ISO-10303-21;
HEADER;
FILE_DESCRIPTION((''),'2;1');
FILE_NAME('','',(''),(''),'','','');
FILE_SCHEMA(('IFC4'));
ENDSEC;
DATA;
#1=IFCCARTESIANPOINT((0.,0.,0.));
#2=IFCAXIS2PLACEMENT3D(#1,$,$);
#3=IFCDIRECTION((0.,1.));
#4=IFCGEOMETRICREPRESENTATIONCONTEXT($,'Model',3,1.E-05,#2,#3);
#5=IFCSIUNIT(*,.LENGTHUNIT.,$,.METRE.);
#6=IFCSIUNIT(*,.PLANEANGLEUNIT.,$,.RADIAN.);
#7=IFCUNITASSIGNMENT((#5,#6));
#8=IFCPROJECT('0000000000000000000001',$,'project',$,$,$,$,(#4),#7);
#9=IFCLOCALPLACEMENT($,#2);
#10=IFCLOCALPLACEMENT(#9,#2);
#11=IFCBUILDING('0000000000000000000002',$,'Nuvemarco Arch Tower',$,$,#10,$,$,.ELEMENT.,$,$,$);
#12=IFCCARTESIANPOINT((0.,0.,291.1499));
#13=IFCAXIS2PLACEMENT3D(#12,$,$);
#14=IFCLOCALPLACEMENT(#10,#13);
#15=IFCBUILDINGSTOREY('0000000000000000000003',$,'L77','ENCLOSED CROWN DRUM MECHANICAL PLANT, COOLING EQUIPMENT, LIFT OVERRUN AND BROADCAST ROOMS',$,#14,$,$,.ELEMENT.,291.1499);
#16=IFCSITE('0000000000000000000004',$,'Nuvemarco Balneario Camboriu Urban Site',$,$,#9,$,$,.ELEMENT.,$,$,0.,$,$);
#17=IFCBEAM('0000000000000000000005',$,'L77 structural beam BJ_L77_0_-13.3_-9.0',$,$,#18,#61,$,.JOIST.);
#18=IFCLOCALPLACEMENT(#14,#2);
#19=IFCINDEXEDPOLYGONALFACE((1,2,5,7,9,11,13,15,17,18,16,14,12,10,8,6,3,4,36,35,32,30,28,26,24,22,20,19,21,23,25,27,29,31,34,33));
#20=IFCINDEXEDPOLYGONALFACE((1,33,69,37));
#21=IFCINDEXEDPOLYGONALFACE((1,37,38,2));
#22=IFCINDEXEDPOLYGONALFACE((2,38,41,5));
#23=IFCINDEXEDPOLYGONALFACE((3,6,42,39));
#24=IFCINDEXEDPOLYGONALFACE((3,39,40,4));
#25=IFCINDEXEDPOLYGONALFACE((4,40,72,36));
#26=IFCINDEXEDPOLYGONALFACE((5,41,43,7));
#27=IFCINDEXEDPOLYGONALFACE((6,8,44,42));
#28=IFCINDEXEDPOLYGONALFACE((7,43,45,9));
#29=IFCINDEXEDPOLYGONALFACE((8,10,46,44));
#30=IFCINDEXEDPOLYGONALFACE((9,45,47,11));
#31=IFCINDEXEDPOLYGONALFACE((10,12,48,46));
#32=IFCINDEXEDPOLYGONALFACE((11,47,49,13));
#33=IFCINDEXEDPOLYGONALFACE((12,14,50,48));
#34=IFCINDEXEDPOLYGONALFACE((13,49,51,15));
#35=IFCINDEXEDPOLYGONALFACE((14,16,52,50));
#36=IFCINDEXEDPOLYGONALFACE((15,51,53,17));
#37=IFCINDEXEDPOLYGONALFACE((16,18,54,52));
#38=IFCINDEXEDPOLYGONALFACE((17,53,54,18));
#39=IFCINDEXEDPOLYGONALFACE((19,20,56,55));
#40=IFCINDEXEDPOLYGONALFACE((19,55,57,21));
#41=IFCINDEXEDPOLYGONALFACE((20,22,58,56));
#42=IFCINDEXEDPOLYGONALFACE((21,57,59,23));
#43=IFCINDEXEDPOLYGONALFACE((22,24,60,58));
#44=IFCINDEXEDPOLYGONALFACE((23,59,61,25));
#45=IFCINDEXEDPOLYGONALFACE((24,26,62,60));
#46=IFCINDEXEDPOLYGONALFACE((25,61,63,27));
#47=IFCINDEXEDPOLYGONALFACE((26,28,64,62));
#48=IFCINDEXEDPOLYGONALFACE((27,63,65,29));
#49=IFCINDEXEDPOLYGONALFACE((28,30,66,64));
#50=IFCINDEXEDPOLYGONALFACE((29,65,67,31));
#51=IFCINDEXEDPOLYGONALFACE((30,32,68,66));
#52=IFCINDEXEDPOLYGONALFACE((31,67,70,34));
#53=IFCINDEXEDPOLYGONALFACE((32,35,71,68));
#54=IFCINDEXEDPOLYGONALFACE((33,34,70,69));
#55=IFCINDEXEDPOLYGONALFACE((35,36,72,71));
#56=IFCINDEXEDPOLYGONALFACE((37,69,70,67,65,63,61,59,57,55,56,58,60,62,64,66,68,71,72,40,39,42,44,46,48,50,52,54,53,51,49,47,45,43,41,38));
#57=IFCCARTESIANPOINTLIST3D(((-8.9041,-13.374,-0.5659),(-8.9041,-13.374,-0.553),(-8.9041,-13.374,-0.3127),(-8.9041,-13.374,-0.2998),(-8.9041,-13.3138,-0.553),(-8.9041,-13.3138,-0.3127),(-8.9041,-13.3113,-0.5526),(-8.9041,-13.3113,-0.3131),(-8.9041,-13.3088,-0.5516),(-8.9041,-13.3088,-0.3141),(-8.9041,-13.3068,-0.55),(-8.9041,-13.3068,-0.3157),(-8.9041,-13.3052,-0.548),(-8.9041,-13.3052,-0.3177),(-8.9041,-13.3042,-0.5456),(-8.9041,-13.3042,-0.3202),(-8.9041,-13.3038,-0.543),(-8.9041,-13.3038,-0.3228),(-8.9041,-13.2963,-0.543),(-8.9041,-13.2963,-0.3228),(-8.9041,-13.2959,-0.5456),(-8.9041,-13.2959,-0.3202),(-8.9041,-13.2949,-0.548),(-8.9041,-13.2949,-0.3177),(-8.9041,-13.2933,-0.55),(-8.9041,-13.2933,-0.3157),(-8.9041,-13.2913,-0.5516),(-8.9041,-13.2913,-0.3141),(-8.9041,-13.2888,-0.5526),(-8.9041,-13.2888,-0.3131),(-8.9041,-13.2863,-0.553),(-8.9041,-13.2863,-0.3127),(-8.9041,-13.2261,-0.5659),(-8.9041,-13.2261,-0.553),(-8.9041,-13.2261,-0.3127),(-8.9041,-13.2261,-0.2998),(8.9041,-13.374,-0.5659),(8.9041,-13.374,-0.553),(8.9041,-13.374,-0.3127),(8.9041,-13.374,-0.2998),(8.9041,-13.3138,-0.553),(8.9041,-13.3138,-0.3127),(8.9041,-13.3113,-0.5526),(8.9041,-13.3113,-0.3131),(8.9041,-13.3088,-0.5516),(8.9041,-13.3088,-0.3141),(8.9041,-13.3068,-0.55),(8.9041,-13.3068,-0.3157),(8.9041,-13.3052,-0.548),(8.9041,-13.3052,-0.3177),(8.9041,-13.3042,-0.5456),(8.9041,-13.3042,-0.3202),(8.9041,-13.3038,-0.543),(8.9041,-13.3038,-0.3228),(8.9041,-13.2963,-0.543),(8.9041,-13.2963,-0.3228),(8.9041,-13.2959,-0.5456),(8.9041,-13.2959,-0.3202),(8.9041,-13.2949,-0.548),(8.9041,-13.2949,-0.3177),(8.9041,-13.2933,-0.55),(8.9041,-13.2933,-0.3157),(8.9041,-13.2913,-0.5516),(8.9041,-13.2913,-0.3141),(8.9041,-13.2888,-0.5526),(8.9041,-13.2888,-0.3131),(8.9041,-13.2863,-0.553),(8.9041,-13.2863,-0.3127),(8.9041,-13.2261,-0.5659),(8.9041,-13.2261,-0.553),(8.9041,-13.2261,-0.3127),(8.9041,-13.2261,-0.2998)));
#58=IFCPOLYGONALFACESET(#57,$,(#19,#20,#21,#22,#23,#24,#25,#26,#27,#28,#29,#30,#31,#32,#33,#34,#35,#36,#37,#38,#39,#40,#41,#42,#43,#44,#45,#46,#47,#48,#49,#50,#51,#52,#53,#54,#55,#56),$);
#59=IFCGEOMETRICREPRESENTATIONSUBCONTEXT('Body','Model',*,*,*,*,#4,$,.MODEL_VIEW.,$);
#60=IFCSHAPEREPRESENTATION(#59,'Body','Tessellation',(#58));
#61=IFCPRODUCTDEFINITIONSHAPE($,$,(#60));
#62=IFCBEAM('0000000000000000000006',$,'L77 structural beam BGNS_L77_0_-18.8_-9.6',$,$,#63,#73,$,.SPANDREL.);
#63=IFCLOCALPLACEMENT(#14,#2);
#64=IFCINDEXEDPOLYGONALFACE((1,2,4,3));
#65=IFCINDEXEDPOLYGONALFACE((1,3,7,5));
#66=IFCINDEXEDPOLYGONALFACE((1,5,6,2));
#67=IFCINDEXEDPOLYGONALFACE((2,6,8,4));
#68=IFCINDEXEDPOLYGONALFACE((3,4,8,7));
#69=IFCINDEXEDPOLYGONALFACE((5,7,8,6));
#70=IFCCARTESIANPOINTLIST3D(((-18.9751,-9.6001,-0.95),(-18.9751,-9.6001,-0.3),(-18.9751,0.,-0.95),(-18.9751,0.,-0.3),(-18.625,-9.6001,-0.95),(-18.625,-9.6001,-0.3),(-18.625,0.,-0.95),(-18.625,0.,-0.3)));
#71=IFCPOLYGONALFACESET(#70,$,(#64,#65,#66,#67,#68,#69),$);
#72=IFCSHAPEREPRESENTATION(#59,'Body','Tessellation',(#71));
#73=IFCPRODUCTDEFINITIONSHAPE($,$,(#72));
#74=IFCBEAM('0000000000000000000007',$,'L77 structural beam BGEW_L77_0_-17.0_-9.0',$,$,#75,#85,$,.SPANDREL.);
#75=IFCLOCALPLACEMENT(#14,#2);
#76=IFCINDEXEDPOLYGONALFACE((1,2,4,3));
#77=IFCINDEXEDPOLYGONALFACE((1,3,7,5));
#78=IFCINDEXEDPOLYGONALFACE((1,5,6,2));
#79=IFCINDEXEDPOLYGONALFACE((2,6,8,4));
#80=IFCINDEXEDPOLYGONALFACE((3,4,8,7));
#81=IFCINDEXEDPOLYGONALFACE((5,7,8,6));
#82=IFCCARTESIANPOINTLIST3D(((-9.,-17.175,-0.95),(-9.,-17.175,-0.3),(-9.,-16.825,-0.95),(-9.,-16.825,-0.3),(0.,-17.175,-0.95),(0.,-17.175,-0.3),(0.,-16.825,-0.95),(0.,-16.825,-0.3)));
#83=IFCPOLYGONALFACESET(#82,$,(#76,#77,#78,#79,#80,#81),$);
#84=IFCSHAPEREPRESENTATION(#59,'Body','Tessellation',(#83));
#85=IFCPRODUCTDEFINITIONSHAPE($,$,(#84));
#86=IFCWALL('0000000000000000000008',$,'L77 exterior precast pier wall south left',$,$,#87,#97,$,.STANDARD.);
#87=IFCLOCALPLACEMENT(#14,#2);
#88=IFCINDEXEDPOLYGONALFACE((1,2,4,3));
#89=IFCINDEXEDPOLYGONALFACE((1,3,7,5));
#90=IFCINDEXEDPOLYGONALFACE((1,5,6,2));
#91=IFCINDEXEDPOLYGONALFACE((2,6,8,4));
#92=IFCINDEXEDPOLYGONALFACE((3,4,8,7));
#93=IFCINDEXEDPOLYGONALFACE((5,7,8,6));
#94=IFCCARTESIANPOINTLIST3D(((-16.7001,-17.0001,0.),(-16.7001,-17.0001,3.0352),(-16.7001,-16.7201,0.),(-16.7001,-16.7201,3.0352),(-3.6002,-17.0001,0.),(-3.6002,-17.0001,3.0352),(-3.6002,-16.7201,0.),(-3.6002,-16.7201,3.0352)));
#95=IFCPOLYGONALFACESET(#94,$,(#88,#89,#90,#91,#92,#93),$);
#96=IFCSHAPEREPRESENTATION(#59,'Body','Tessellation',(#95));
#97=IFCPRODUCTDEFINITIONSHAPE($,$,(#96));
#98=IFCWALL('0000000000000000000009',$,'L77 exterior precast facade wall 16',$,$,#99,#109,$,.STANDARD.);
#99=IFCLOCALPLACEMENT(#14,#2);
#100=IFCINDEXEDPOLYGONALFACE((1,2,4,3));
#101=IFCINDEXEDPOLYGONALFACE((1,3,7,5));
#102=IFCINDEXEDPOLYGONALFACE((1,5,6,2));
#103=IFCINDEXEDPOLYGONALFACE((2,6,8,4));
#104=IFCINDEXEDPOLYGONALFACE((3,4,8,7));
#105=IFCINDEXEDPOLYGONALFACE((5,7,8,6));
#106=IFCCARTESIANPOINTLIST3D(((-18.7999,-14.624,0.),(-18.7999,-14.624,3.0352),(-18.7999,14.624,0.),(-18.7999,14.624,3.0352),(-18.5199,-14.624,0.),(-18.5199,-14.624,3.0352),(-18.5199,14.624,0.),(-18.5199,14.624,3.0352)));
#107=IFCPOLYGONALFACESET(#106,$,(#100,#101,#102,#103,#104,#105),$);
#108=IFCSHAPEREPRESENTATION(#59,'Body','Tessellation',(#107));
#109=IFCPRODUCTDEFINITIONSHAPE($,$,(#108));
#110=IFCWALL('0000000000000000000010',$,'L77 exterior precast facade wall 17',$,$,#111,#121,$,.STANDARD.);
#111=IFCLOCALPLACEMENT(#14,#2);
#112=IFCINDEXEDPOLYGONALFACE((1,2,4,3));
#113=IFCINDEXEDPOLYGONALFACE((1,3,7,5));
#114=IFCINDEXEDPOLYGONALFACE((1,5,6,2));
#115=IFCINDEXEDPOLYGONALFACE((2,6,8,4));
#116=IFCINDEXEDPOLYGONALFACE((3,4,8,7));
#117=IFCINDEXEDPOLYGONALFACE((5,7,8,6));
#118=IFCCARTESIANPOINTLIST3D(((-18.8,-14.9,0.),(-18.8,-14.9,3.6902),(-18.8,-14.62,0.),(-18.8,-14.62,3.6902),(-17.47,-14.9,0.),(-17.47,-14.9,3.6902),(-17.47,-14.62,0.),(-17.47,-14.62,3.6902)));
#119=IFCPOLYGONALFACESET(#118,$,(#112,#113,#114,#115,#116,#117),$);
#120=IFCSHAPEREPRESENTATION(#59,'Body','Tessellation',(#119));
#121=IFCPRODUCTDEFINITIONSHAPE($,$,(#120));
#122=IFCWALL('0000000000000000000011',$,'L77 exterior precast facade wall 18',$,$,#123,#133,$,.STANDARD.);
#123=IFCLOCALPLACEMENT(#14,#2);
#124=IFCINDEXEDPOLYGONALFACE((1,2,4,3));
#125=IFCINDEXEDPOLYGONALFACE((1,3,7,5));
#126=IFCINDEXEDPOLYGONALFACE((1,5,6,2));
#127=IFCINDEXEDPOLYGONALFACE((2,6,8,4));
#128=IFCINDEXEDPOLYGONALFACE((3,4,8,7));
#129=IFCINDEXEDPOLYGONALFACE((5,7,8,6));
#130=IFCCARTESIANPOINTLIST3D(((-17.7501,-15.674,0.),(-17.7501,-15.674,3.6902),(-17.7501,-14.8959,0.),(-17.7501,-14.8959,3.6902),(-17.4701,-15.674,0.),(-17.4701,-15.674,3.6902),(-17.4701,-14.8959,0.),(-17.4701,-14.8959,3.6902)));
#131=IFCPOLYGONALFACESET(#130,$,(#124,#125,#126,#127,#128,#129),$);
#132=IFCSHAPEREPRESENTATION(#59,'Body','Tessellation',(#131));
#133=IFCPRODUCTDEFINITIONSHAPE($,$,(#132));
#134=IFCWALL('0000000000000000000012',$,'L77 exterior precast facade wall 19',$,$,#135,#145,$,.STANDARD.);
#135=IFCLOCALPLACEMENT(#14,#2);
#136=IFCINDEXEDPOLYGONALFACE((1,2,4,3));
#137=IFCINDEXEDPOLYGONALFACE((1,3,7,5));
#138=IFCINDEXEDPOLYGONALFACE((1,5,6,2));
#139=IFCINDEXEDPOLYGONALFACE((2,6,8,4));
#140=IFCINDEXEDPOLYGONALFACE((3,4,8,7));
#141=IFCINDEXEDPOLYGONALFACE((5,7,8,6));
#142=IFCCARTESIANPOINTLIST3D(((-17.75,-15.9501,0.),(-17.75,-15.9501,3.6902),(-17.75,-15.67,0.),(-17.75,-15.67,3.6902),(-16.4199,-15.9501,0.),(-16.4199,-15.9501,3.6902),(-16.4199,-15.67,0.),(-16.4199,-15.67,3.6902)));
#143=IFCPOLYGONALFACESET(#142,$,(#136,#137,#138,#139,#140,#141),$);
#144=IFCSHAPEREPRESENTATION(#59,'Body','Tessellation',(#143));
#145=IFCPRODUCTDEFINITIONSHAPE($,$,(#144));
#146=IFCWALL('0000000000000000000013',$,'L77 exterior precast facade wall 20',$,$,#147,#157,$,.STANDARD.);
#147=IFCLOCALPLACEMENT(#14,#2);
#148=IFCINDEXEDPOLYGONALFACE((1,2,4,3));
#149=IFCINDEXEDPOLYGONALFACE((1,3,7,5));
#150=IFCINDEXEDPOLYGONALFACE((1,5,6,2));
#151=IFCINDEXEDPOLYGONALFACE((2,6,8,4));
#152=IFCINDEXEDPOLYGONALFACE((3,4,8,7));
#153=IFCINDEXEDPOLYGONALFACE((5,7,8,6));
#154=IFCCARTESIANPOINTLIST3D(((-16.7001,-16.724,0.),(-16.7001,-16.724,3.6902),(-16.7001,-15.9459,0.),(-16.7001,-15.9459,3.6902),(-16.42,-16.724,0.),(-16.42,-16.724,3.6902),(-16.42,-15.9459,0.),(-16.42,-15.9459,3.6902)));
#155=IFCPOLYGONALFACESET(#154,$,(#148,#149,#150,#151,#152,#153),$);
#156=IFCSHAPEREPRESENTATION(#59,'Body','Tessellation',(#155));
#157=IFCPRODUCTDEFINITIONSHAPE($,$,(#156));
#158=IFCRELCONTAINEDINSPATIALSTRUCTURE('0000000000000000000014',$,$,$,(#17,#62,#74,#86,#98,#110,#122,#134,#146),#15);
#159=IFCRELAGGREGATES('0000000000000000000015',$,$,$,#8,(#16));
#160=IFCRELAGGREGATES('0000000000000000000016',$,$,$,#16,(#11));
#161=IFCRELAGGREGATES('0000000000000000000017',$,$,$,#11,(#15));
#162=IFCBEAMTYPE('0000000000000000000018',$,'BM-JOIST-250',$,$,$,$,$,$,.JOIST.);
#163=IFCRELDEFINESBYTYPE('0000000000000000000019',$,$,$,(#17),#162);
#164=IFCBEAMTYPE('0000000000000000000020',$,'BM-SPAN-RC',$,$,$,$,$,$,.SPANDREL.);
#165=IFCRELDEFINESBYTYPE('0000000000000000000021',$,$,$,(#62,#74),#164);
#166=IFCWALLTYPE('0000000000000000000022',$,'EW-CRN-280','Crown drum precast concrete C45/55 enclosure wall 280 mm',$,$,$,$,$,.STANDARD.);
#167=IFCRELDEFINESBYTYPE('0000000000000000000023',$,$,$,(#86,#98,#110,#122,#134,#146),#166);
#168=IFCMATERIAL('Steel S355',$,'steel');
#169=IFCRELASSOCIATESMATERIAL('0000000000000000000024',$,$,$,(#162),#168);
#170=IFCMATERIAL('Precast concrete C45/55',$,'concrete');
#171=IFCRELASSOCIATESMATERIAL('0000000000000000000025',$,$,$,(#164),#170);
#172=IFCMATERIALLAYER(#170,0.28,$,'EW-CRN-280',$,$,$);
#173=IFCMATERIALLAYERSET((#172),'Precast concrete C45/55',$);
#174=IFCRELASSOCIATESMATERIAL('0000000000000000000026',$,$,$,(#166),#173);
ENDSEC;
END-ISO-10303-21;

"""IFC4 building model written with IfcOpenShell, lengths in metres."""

from ifc_helpers import new_model, si_unit, direction, frame, frame_2d, origin, origin_2d, place, context, subcontext, project, spatial, rectangle, i_section, extrude, material, layer, layer_set, material_profile, profile_set, type_object, element, save


model = new_model("IFC4")

# Units and contexts
model_context = context("Model", 3, precision=1e-05, world=origin(), true_north=direction((0.0, 1.0)))
body_context = subcontext(model_context, "Body", "Model", "MODEL_VIEW")
ifc_project = project(units=[si_unit("LENGTHUNIT", "METRE"), si_unit("PLANEANGLEUNIT", "RADIAN")], contexts=[model_context])

# Site, building, storey
site_placement = place(None, origin())
site = spatial("IfcSite", under=ifc_project, at=site_placement, Name="Nuvemarco Balneario Camboriu Urban Site", CompositionType="ELEMENT", RefElevation=0.0)
building_placement = place(site_placement, origin())
building = spatial("IfcBuilding", under=site, at=building_placement, Name="Nuvemarco Arch Tower", CompositionType="ELEMENT")
storey_placement = place(building_placement, frame((0.0, 0.0, 291.1499)))
storey = spatial("IfcBuildingStorey", under=building, at=storey_placement, Name="L77", Description="ENCLOSED CROWN DRUM MECHANICAL PLANT, COOLING EQUIPMENT, LIFT OVERRUN AND BROADCAST ROOMS", CompositionType="ELEMENT", Elevation=291.1499)

# Shared definitions
ifc_material_1 = material(Name="Steel S355", Category="steel")

# Beams
ifc_material_profile_1 = material_profile(ifc_material_1, i_section(OverallWidth=0.1479, OverallDepth=0.2661, WebThickness=0.0076, FlangeThickness=0.0129, FilletRadius=0.01, at=origin_2d()), Name="W250x44.8")
ifc_profile_set_1 = profile_set([ifc_material_profile_1], Name="Steel S355")
beam_type_1 = type_object("IfcBeamType", Name="BM-JOIST-250", PredefinedType="JOIST", material=ifc_profile_set_1)
beam_1_placement = place(storey_placement, frame((-8.9041, -13.3, -0.4329), z_axis=(1.0, 0.0, 0.0), x_axis=(0.0, 1.0, 0.0)))
element("IfcBeam", 1, at=beam_1_placement, inside=storey, type_object=beam_type_1, Name="L77 structural beam BJ_L77_0_-13.3_-9.0", PredefinedType="JOIST", context=body_context, shape_type="SweptSolid", body=[
    extrude(i_section(OverallWidth=0.1479, OverallDepth=0.2661, WebThickness=0.0076, FlangeThickness=0.0129, FilletRadius=0.01, at=origin_2d()), origin(), (0.0, 0.0, 1.0), 17.8081),
])
ifc_material_2 = material(Name="Precast concrete C45/55", Category="concrete")
ifc_material_profile_2 = material_profile(ifc_material_2, rectangle(XDim=0.3501, YDim=0.6499, at=origin_2d()), Name="PC-SP-350x650")
ifc_profile_set_2 = profile_set([ifc_material_profile_2], Name="Precast concrete C45/55")
beam_type_2 = type_object("IfcBeamType", Name="BM-SPAN-RC", PredefinedType="SPANDREL", material=ifc_profile_set_2)
beam_2_placement = place(storey_placement, frame((-18.8, -9.6001, -0.625), z_axis=(0.0, 1.0, 0.0), x_axis=(-1.0, 0.0, 0.0)))
element("IfcBeam", 2, at=beam_2_placement, inside=storey, type_object=beam_type_2, Name="L77 structural beam BGNS_L77_0_-18.8_-9.6", PredefinedType="SPANDREL", context=body_context, shape_type="SweptSolid", body=[
    extrude(rectangle(XDim=0.3501, YDim=0.6499, at=origin_2d()), origin(), (0.0, 0.0, 1.0), 9.6001),
])
beam_3_placement = place(storey_placement, frame((-9.0, -17.0, -0.625), z_axis=(1.0, 0.0, 0.0), x_axis=(0.0, 1.0, 0.0)))
element("IfcBeam", 3, at=beam_3_placement, inside=storey, type_object=beam_type_2, Name="L77 structural beam BGEW_L77_0_-17.0_-9.0", PredefinedType="SPANDREL", context=body_context, shape_type="SweptSolid", body=[
    extrude(rectangle(XDim=0.3501, YDim=0.6499, at=origin_2d()), origin(), (0.0, 0.0, 1.0), 9.0),
])

# Walls
ifc_layer_1 = layer(ifc_material_2, 0.28, Name="EW-CRN-280")
ifc_layer_set_1 = layer_set([ifc_layer_1], Name="Precast concrete C45/55")
wall_type_1 = type_object("IfcWallType", Name="EW-CRN-280", Description="Crown drum precast concrete C45/55 enclosure wall 280 mm", PredefinedType="STANDARD", material=ifc_layer_set_1)
wall_1_placement = place(storey_placement, frame((-16.7, -16.8601, 0.0), z_axis=(0.0, 0.0, 1.0), x_axis=(1.0, 0.0, 0.0)))
element("IfcWall", 4, at=wall_1_placement, inside=storey, type_object=wall_type_1, Name="L77 exterior precast pier wall south left", PredefinedType="STANDARD", context=body_context, shape_type="SweptSolid", body=[
    extrude(rectangle(XDim=13.0999, YDim=0.28, at=frame_2d((6.5498, 0.0))), origin(), (0.0, 0.0, 1.0), 3.0352),
])
wall_2_placement = place(storey_placement, frame((-18.6599, -14.624, 0.0), z_axis=(0.0, 0.0, 1.0), x_axis=(0.0, 1.0, 0.0)))
element("IfcWall", 5, at=wall_2_placement, inside=storey, type_object=wall_type_1, Name="L77 exterior precast facade wall 16", PredefinedType="STANDARD", context=body_context, shape_type="SweptSolid", body=[
    extrude(rectangle(XDim=29.248, YDim=0.28, at=frame_2d((14.624, 0.0))), origin(), (0.0, 0.0, 1.0), 3.0352),
])
wall_3_placement = place(storey_placement, frame((-18.8, -14.76, 0.0), z_axis=(0.0, 0.0, 1.0), x_axis=(1.0, 0.0, 0.0)))
element("IfcWall", 6, at=wall_3_placement, inside=storey, type_object=wall_type_1, Name="L77 exterior precast facade wall 17", PredefinedType="STANDARD", context=body_context, shape_type="SweptSolid", body=[
    extrude(rectangle(XDim=1.3301, YDim=0.28, at=frame_2d((0.665, 0.0))), origin(), (0.0, 0.0, 1.0), 3.6902),
])
wall_4_placement = place(storey_placement, frame((-17.6101, -15.6741, 0.0), z_axis=(0.0, 0.0, 1.0), x_axis=(0.0, 1.0, 0.0)))
element("IfcWall", 7, at=wall_4_placement, inside=storey, type_object=wall_type_1, Name="L77 exterior precast facade wall 18", PredefinedType="STANDARD", context=body_context, shape_type="SweptSolid", body=[
    extrude(rectangle(XDim=0.7781, YDim=0.28, at=frame_2d((0.3892, 0.0))), origin(), (0.0, 0.0, 1.0), 3.6902),
])
wall_5_placement = place(storey_placement, frame((-17.75, -15.8101, 0.0), z_axis=(0.0, 0.0, 1.0), x_axis=(1.0, 0.0, 0.0)))
element("IfcWall", 8, at=wall_5_placement, inside=storey, type_object=wall_type_1, Name="L77 exterior precast facade wall 19", PredefinedType="STANDARD", context=body_context, shape_type="SweptSolid", body=[
    extrude(rectangle(XDim=1.3301, YDim=0.28, at=frame_2d((0.665, 0.0))), origin(), (0.0, 0.0, 1.0), 3.6902),
])
wall_6_placement = place(storey_placement, frame((-16.5601, -16.7241, 0.0), z_axis=(0.0, 0.0, 1.0), x_axis=(0.0, 1.0, 0.0)))
element("IfcWall", 9, at=wall_6_placement, inside=storey, type_object=wall_type_1, Name="L77 exterior precast facade wall 20", PredefinedType="STANDARD", context=body_context, shape_type="SweptSolid", body=[
    extrude(rectangle(XDim=0.7781, YDim=0.28, at=frame_2d((0.3892, 0.0))), origin(), (0.0, 0.0, 1.0), 3.6902),
])

save(model, "model.ifc")
